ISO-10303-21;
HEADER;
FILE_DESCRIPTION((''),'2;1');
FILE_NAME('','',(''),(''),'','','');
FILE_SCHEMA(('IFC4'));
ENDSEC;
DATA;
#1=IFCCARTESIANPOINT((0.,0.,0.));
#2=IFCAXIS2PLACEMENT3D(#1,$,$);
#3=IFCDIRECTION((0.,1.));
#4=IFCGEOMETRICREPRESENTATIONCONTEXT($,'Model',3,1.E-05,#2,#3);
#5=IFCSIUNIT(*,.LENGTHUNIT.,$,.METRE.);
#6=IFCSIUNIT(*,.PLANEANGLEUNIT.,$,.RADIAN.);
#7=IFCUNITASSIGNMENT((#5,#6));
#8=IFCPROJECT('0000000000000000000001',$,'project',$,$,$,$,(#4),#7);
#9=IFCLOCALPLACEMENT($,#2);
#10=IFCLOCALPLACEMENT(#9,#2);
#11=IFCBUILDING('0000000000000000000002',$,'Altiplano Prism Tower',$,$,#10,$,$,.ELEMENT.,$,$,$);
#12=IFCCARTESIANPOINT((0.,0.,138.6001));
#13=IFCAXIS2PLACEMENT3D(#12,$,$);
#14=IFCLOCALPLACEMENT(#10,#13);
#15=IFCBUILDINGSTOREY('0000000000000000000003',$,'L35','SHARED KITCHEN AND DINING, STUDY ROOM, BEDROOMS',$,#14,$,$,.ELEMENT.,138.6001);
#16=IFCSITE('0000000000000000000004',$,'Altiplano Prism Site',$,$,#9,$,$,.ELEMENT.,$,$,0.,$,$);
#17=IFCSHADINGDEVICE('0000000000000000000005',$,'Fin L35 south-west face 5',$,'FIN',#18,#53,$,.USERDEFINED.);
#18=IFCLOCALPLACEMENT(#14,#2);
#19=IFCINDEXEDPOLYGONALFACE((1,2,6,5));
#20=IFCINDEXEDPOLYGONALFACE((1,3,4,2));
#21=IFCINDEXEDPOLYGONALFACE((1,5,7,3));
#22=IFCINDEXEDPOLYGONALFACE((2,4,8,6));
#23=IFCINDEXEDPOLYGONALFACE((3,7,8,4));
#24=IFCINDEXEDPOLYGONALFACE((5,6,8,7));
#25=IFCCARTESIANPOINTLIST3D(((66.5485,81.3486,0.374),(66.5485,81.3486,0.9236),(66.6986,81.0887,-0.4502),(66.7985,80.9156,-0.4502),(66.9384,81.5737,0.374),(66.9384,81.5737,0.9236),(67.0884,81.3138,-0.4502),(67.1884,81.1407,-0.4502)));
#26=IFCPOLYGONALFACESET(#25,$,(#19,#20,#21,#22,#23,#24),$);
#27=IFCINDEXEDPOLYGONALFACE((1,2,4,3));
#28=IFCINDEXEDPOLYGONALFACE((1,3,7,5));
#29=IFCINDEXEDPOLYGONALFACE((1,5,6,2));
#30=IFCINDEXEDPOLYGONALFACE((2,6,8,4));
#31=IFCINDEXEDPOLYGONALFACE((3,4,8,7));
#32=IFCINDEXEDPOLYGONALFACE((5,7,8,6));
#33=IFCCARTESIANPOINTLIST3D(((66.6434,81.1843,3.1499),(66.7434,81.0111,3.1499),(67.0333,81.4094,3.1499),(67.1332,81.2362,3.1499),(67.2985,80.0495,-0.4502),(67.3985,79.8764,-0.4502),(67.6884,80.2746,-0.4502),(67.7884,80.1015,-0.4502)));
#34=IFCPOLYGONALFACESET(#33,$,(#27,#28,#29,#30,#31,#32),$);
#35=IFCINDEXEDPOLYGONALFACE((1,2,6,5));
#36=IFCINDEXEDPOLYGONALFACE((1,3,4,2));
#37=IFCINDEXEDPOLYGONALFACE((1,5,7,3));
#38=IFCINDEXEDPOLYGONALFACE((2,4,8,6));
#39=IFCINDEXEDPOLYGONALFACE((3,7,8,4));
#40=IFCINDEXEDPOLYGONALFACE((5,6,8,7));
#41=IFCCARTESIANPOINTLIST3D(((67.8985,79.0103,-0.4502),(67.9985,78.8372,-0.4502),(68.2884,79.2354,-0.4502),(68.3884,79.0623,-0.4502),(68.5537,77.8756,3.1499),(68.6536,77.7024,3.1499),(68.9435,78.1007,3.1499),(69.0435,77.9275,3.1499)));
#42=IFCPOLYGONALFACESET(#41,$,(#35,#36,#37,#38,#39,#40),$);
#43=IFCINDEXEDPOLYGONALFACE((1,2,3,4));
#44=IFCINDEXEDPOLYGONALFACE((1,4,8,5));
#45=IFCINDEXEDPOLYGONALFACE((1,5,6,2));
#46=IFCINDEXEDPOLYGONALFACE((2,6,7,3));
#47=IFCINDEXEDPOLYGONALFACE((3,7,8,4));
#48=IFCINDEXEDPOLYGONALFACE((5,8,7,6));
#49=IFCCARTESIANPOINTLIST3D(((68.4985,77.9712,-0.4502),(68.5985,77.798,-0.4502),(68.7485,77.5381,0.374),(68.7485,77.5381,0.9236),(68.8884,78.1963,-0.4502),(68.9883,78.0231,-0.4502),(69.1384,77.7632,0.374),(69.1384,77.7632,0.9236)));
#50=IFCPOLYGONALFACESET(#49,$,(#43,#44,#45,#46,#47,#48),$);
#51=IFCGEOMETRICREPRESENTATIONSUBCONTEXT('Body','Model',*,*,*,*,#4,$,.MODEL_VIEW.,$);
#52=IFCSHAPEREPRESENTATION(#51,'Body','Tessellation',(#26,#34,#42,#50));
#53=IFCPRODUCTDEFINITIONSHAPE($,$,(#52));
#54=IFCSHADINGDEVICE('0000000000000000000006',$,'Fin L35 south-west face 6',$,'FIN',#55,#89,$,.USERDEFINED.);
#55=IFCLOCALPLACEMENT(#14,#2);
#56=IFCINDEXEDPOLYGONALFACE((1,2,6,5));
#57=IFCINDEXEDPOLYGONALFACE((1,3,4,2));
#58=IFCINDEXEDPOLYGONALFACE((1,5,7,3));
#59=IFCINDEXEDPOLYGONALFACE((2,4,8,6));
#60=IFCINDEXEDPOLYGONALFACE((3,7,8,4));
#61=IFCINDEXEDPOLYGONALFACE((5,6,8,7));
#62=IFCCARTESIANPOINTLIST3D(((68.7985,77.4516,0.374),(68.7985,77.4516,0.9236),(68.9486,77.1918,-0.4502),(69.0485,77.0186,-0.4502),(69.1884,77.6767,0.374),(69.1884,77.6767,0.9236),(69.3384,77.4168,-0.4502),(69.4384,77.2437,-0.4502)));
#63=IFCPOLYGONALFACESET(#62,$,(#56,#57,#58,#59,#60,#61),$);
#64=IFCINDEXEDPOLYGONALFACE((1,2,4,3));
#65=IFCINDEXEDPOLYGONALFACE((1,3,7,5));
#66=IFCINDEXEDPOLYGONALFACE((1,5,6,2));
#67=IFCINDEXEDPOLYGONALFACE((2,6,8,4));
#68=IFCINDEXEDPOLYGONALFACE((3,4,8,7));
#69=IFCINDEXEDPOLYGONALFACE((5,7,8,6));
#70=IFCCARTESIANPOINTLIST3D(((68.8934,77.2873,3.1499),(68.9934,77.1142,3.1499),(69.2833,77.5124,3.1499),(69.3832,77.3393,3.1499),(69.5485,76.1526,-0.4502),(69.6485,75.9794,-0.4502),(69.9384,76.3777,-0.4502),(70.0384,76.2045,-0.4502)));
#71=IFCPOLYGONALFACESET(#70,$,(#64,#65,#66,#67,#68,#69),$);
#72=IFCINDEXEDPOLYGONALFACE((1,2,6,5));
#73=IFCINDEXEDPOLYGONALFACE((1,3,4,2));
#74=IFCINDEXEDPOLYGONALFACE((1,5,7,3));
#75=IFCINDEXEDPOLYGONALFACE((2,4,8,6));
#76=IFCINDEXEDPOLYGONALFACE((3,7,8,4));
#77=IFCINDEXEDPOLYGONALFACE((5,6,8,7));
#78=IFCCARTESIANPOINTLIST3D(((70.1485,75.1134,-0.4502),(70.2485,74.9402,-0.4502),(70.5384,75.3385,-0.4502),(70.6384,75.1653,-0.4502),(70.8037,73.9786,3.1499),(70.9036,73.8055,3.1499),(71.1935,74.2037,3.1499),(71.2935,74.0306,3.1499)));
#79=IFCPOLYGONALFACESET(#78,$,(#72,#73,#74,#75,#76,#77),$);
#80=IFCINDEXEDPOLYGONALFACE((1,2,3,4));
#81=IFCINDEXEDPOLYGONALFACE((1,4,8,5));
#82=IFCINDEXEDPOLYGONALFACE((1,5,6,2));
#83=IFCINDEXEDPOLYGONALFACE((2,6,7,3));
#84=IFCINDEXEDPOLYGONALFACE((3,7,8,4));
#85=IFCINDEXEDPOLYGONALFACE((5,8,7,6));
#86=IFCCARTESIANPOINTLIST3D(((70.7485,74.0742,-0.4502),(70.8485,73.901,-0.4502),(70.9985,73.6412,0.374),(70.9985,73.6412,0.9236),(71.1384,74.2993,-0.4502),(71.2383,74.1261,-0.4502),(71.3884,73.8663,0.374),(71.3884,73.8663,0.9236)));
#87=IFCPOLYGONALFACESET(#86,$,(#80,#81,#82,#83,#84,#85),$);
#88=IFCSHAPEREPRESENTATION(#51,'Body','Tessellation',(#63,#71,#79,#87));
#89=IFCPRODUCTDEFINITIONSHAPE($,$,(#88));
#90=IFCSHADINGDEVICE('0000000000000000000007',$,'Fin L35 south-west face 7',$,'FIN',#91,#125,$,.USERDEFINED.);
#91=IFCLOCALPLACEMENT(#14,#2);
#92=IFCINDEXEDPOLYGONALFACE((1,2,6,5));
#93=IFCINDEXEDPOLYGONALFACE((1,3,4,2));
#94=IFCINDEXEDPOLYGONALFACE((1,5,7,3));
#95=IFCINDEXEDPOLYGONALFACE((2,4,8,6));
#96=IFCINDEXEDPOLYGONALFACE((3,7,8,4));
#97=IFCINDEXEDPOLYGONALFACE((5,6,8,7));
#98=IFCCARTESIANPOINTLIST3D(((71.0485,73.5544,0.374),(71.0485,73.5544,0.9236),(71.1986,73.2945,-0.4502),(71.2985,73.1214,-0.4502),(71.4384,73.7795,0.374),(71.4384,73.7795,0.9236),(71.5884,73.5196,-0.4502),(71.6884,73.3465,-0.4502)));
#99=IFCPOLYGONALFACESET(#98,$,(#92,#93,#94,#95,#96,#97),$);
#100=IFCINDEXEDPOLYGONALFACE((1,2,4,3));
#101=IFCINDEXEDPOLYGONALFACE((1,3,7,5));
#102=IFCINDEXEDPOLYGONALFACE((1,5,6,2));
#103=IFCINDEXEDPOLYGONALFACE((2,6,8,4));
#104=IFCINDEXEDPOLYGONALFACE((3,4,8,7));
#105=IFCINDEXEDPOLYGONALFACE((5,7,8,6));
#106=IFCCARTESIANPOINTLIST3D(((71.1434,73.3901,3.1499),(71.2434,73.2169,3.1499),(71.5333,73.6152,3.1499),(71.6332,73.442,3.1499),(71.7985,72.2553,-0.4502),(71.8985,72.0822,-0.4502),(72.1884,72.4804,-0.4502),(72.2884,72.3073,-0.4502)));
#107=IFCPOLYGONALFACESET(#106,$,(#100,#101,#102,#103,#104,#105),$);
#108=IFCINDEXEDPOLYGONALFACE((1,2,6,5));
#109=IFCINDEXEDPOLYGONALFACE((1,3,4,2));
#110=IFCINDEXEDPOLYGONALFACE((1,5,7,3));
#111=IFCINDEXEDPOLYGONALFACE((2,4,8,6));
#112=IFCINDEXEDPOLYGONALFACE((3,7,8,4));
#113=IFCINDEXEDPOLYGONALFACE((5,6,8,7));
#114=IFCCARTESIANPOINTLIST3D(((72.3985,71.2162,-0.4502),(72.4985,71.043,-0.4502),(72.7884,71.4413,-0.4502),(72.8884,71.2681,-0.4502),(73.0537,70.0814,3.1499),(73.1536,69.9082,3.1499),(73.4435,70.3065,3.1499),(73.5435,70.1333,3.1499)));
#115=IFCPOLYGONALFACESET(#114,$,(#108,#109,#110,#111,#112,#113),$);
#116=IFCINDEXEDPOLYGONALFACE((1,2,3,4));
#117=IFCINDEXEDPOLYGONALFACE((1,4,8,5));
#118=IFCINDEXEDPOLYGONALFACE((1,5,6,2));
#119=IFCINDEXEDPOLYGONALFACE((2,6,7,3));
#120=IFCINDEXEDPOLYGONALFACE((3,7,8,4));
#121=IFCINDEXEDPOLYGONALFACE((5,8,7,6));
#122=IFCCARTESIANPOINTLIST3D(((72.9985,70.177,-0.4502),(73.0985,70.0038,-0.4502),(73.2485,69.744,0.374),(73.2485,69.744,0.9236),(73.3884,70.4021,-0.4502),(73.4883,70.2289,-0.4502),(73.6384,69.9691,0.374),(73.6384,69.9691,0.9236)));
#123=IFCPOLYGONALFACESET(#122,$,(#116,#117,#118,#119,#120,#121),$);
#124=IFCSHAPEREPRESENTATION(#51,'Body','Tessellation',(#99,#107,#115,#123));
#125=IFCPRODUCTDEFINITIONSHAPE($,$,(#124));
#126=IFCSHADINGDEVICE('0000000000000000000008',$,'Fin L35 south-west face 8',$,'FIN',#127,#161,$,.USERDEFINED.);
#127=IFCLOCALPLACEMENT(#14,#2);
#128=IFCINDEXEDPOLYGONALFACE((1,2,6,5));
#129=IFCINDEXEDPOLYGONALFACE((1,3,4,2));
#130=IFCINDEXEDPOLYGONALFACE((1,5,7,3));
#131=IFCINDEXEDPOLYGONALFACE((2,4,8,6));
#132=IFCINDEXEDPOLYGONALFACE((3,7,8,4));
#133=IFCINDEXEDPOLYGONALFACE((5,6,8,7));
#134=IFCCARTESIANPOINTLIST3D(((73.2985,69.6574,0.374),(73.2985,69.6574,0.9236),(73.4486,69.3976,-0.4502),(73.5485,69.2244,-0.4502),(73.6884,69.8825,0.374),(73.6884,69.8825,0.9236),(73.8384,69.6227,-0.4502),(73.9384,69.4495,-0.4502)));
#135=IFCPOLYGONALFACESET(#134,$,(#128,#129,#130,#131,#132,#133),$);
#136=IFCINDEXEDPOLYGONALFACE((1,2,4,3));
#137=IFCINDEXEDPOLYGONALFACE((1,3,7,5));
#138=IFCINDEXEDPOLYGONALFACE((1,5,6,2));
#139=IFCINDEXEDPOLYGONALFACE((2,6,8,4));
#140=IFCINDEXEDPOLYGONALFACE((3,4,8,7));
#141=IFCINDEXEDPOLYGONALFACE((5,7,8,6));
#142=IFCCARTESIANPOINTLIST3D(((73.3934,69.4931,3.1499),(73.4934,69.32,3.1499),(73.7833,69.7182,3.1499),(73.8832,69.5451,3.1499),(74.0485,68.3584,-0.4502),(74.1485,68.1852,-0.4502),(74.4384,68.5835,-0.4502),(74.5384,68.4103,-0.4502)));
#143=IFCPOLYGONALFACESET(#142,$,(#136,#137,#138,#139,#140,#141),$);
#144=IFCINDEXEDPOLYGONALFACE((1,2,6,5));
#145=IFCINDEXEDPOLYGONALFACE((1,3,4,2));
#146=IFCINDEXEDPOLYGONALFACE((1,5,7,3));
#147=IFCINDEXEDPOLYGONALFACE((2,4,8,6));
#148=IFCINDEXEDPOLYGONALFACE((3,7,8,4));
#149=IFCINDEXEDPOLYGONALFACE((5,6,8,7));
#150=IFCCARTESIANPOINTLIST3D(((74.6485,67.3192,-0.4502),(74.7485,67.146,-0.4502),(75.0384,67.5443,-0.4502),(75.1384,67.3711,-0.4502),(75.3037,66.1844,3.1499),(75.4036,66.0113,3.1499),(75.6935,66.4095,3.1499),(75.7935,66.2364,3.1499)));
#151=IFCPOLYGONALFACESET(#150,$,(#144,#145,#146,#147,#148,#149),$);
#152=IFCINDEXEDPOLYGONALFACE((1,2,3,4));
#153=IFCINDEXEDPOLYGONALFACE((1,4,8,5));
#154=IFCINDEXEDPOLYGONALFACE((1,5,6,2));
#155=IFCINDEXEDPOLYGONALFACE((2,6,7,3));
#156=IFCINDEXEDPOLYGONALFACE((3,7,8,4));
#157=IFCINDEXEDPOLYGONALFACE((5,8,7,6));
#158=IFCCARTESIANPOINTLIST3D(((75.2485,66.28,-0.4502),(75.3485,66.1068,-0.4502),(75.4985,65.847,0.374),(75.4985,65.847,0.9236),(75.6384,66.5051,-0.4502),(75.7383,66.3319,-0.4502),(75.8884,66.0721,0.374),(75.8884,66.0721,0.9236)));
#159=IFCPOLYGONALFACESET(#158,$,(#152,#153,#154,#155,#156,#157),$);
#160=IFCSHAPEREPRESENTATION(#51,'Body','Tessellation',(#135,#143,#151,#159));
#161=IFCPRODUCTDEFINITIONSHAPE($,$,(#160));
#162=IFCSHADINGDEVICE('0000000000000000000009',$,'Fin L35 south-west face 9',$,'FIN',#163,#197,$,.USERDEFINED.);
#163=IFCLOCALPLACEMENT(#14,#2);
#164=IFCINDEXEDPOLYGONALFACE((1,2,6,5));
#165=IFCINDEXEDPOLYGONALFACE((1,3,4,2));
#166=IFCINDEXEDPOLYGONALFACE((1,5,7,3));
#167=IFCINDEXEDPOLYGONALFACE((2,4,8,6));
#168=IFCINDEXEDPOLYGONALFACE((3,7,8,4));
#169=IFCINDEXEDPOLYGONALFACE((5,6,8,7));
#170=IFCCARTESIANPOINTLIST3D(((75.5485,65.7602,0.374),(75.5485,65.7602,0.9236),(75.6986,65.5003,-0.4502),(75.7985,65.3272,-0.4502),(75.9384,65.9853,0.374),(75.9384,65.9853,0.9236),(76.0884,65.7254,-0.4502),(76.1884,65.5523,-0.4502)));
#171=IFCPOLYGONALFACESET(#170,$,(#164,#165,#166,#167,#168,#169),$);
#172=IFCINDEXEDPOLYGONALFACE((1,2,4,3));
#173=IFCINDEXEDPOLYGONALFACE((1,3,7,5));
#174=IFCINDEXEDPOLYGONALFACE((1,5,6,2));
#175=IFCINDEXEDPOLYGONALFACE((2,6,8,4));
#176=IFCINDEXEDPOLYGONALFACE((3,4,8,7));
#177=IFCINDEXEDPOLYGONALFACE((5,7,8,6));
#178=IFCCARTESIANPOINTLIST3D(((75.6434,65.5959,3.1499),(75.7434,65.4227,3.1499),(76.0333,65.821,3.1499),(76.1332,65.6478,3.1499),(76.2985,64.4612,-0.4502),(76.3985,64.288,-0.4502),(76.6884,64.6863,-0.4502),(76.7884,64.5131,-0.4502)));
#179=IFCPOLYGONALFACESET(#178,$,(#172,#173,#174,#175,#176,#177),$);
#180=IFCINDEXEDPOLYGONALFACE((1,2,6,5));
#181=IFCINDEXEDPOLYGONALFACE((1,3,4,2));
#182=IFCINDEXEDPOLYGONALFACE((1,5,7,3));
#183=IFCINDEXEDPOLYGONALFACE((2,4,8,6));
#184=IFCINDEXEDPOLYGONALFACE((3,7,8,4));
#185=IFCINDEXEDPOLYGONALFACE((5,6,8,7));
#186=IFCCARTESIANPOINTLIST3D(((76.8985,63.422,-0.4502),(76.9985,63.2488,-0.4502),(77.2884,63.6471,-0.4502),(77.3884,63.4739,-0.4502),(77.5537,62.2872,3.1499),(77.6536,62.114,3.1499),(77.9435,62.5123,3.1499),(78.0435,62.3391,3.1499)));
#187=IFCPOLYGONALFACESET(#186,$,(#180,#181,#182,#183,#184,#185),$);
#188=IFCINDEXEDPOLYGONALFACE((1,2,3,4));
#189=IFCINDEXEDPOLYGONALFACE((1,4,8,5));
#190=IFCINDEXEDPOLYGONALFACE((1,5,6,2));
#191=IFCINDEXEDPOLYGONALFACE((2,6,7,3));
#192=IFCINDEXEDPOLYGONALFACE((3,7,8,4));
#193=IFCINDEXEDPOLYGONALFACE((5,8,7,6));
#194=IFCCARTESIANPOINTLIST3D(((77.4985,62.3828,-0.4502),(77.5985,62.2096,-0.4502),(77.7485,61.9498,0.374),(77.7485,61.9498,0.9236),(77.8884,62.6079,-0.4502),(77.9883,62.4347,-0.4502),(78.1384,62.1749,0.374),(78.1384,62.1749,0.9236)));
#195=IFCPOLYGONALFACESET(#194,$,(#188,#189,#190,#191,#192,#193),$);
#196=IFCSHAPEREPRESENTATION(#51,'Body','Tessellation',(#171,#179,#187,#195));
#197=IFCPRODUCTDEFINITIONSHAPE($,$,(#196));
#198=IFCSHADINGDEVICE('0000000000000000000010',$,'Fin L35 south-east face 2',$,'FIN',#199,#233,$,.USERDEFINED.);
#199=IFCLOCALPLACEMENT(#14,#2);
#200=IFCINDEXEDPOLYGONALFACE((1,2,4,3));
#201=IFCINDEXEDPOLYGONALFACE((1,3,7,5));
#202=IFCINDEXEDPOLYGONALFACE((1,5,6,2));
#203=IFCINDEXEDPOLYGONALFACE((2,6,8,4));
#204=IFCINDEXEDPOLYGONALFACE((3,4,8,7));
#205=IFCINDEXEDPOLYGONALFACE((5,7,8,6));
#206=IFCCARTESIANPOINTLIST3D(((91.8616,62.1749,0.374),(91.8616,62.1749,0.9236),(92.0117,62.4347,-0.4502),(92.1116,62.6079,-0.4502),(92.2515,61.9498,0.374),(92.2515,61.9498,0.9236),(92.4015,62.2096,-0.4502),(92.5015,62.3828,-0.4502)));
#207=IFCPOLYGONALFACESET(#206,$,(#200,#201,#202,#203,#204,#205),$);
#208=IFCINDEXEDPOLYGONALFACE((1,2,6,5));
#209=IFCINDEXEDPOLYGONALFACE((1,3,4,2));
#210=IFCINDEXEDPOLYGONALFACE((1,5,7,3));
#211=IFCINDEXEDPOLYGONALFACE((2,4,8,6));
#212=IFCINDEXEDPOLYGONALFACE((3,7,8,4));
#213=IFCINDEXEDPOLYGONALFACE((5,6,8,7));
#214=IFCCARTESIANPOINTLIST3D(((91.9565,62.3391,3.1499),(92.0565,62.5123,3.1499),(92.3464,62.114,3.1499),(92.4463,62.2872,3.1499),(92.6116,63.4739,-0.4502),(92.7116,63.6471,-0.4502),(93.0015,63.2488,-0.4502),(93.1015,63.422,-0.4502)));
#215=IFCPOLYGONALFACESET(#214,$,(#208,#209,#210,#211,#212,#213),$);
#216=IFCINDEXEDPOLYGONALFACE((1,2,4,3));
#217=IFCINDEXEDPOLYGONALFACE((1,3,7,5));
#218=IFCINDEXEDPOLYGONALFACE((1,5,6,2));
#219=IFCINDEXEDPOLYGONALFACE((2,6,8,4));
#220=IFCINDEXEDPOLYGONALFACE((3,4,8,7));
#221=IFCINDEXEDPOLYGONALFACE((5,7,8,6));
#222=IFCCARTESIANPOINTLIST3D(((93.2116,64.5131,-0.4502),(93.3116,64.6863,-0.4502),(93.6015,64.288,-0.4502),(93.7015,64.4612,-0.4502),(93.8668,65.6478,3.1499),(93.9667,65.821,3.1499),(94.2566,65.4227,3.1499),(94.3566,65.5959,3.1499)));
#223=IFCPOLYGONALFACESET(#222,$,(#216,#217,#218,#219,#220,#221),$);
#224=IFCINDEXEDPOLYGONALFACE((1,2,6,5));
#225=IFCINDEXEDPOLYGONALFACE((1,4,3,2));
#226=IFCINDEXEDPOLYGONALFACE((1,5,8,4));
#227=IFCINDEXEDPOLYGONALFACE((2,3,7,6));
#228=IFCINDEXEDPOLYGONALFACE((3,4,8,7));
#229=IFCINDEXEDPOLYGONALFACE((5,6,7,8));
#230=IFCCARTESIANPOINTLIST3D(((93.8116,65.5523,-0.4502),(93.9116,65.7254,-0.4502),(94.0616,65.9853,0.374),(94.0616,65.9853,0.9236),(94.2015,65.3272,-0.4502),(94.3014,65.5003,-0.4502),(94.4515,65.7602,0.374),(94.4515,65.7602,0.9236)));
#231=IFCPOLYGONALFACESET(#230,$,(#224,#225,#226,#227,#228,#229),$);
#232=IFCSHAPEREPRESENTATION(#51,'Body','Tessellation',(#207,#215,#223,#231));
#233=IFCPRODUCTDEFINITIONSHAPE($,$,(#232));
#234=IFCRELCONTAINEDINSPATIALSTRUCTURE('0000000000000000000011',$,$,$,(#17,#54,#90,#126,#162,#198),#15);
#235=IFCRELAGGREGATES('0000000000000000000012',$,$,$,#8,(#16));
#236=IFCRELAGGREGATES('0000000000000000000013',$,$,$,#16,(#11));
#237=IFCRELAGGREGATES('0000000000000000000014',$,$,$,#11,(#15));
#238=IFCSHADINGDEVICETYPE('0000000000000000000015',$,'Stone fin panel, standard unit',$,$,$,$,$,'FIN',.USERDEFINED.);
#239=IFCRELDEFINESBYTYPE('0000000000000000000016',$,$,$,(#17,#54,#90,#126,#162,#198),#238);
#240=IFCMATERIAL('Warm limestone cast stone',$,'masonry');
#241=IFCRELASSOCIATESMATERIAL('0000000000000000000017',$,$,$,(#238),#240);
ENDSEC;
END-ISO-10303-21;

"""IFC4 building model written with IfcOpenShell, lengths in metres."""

from ifc_helpers import new_model, si_unit, direction, frame, origin, place, context, subcontext, project, spatial, polyline, outline, extrude, source, transform, mapped, material, type_object, element, save


model = new_model("IFC4")

# Units and contexts
model_context = context("Model", 3, precision=1e-05, world=origin(), true_north=direction((0.0, 1.0)))
body_context = subcontext(model_context, "Body", "Model", "MODEL_VIEW")
ifc_project = project(units=[si_unit("LENGTHUNIT", "METRE"), si_unit("PLANEANGLEUNIT", "RADIAN")], contexts=[model_context])

# Site, building, storey
site_placement = place(None, origin())
site = spatial("IfcSite", under=ifc_project, at=site_placement, Name="Altiplano Prism Site", CompositionType="ELEMENT", RefElevation=0.0)
building_placement = place(site_placement, origin())
building = spatial("IfcBuilding", under=site, at=building_placement, Name="Altiplano Prism Tower", CompositionType="ELEMENT")
storey_placement = place(building_placement, frame((0.0, 0.0, 138.6001)))
storey = spatial("IfcBuildingStorey", under=building, at=storey_placement, Name="L35", Description="SHARED KITCHEN AND DINING, STUDY ROOM, BEDROOMS", CompositionType="ELEMENT", Elevation=138.6001)

# Shading devices
ifc_material_1 = material(Name="Warm limestone cast stone", Category="masonry")
shading_device_type_1 = type_object("IfcShadingDeviceType", Name="Stone fin panel, standard unit", ElementType="FIN", PredefinedType="USERDEFINED", material=ifc_material_1)
shared_shape_1 = source(origin(), body_context, "Body", "SweptSolid", [
    extrude(outline(polyline([(-2.2, 1.3738), (-2.2, 0.8242), (-1.8999, 0.0), (-1.7, 0.0), (-2.2, 1.3738)])), frame((0.0, -0.1499, 0.0), z_axis=(0.0, -1.0, 0.0), x_axis=(1.0, 0.0, 0.0)), (0.0, 0.0, 1.0), 0.4502),
    extrude(outline(polyline([(-2.0103, 3.6001), (-0.7, 0.0), (-0.5, 0.0), (-1.8103, 3.6001), (-2.0103, 3.6001)])), frame((0.0, -0.1499, 0.0), z_axis=(0.0, -1.0, 0.0), x_axis=(1.0, 0.0, 0.0)), (0.0, 0.0, 1.0), 0.4502),
    extrude(outline(polyline([(1.8103, 3.6001), (0.5, 0.0), (0.7, 0.0), (2.0103, 3.6001), (1.8103, 3.6001)])), frame((0.0, -0.1499, 0.0), z_axis=(0.0, -1.0, 0.0), x_axis=(1.0, 0.0, 0.0)), (0.0, 0.0, 1.0), 0.4502),
    extrude(outline(polyline([(2.2, 0.8242), (2.2, 1.3738), (1.7, 0.0), (1.8999, 0.0), (2.2, 0.8242)])), frame((0.0, -0.1499, 0.0), z_axis=(0.0, -1.0, 0.0), x_axis=(1.0, 0.0, 0.0)), (0.0, 0.0, 1.0), 0.4502),
])
shading_device_1_placement = place(storey_placement, origin())
element("IfcShadingDevice", 1, at=shading_device_1_placement, inside=storey, type_object=shading_device_type_1, Name="Fin L35 south-west face 5", ObjectType="FIN", PredefinedType="USERDEFINED", context=body_context, shape_type="MappedRepresentation", body=[
    mapped(shared_shape_1, transform((68.1682, 79.7434, -0.4502), x_axis=(0.5, -0.866025, 0.0), y_axis=(0.866025, 0.5, 0.0), z_axis=(0.0, 0.0, 1.0))),
])
shading_device_2_placement = place(storey_placement, origin())
element("IfcShadingDevice", 2, at=shading_device_2_placement, inside=storey, type_object=shading_device_type_1, Name="Fin L35 south-west face 6", ObjectType="FIN", PredefinedType="USERDEFINED", context=body_context, shape_type="MappedRepresentation", body=[
    mapped(shared_shape_1, transform((70.4182, 75.8464, -0.4502), x_axis=(0.5, -0.866025, 0.0), y_axis=(0.866025, 0.5, 0.0), z_axis=(0.0, 0.0, 1.0))),
])
shading_device_3_placement = place(storey_placement, origin())
element("IfcShadingDevice", 3, at=shading_device_3_placement, inside=storey, type_object=shading_device_type_1, Name="Fin L35 south-west face 7", ObjectType="FIN", PredefinedType="USERDEFINED", context=body_context, shape_type="MappedRepresentation", body=[
    mapped(shared_shape_1, transform((72.6682, 71.9492, -0.4502), x_axis=(0.5, -0.866025, 0.0), y_axis=(0.866025, 0.5, 0.0), z_axis=(0.0, 0.0, 1.0))),
])
shading_device_4_placement = place(storey_placement, origin())
element("IfcShadingDevice", 4, at=shading_device_4_placement, inside=storey, type_object=shading_device_type_1, Name="Fin L35 south-west face 8", ObjectType="FIN", PredefinedType="USERDEFINED", context=body_context, shape_type="MappedRepresentation", body=[
    mapped(shared_shape_1, transform((74.9182, 68.0522, -0.4502), x_axis=(0.5, -0.866025, 0.0), y_axis=(0.866025, 0.5, 0.0), z_axis=(0.0, 0.0, 1.0))),
])
shading_device_5_placement = place(storey_placement, origin())
element("IfcShadingDevice", 5, at=shading_device_5_placement, inside=storey, type_object=shading_device_type_1, Name="Fin L35 south-west face 9", ObjectType="FIN", PredefinedType="USERDEFINED", context=body_context, shape_type="MappedRepresentation", body=[
    mapped(shared_shape_1, transform((77.1682, 64.155, -0.4502), x_axis=(0.5, -0.866025, 0.0), y_axis=(0.866025, 0.5, 0.0), z_axis=(0.0, 0.0, 1.0))),
])
shading_device_6_placement = place(storey_placement, origin())
element("IfcShadingDevice", 6, at=shading_device_6_placement, inside=storey, type_object=shading_device_type_1, Name="Fin L35 south-east face 2", ObjectType="FIN", PredefinedType="USERDEFINED", context=body_context, shape_type="MappedRepresentation", body=[
    mapped(shared_shape_1, transform((92.8318, 64.155, -0.4502), x_axis=(0.5, 0.866025, 0.0), y_axis=(-0.866025, 0.5, 0.0), z_axis=(0.0, 0.0, 1.0))),
])

save(model, "model.ifc")
